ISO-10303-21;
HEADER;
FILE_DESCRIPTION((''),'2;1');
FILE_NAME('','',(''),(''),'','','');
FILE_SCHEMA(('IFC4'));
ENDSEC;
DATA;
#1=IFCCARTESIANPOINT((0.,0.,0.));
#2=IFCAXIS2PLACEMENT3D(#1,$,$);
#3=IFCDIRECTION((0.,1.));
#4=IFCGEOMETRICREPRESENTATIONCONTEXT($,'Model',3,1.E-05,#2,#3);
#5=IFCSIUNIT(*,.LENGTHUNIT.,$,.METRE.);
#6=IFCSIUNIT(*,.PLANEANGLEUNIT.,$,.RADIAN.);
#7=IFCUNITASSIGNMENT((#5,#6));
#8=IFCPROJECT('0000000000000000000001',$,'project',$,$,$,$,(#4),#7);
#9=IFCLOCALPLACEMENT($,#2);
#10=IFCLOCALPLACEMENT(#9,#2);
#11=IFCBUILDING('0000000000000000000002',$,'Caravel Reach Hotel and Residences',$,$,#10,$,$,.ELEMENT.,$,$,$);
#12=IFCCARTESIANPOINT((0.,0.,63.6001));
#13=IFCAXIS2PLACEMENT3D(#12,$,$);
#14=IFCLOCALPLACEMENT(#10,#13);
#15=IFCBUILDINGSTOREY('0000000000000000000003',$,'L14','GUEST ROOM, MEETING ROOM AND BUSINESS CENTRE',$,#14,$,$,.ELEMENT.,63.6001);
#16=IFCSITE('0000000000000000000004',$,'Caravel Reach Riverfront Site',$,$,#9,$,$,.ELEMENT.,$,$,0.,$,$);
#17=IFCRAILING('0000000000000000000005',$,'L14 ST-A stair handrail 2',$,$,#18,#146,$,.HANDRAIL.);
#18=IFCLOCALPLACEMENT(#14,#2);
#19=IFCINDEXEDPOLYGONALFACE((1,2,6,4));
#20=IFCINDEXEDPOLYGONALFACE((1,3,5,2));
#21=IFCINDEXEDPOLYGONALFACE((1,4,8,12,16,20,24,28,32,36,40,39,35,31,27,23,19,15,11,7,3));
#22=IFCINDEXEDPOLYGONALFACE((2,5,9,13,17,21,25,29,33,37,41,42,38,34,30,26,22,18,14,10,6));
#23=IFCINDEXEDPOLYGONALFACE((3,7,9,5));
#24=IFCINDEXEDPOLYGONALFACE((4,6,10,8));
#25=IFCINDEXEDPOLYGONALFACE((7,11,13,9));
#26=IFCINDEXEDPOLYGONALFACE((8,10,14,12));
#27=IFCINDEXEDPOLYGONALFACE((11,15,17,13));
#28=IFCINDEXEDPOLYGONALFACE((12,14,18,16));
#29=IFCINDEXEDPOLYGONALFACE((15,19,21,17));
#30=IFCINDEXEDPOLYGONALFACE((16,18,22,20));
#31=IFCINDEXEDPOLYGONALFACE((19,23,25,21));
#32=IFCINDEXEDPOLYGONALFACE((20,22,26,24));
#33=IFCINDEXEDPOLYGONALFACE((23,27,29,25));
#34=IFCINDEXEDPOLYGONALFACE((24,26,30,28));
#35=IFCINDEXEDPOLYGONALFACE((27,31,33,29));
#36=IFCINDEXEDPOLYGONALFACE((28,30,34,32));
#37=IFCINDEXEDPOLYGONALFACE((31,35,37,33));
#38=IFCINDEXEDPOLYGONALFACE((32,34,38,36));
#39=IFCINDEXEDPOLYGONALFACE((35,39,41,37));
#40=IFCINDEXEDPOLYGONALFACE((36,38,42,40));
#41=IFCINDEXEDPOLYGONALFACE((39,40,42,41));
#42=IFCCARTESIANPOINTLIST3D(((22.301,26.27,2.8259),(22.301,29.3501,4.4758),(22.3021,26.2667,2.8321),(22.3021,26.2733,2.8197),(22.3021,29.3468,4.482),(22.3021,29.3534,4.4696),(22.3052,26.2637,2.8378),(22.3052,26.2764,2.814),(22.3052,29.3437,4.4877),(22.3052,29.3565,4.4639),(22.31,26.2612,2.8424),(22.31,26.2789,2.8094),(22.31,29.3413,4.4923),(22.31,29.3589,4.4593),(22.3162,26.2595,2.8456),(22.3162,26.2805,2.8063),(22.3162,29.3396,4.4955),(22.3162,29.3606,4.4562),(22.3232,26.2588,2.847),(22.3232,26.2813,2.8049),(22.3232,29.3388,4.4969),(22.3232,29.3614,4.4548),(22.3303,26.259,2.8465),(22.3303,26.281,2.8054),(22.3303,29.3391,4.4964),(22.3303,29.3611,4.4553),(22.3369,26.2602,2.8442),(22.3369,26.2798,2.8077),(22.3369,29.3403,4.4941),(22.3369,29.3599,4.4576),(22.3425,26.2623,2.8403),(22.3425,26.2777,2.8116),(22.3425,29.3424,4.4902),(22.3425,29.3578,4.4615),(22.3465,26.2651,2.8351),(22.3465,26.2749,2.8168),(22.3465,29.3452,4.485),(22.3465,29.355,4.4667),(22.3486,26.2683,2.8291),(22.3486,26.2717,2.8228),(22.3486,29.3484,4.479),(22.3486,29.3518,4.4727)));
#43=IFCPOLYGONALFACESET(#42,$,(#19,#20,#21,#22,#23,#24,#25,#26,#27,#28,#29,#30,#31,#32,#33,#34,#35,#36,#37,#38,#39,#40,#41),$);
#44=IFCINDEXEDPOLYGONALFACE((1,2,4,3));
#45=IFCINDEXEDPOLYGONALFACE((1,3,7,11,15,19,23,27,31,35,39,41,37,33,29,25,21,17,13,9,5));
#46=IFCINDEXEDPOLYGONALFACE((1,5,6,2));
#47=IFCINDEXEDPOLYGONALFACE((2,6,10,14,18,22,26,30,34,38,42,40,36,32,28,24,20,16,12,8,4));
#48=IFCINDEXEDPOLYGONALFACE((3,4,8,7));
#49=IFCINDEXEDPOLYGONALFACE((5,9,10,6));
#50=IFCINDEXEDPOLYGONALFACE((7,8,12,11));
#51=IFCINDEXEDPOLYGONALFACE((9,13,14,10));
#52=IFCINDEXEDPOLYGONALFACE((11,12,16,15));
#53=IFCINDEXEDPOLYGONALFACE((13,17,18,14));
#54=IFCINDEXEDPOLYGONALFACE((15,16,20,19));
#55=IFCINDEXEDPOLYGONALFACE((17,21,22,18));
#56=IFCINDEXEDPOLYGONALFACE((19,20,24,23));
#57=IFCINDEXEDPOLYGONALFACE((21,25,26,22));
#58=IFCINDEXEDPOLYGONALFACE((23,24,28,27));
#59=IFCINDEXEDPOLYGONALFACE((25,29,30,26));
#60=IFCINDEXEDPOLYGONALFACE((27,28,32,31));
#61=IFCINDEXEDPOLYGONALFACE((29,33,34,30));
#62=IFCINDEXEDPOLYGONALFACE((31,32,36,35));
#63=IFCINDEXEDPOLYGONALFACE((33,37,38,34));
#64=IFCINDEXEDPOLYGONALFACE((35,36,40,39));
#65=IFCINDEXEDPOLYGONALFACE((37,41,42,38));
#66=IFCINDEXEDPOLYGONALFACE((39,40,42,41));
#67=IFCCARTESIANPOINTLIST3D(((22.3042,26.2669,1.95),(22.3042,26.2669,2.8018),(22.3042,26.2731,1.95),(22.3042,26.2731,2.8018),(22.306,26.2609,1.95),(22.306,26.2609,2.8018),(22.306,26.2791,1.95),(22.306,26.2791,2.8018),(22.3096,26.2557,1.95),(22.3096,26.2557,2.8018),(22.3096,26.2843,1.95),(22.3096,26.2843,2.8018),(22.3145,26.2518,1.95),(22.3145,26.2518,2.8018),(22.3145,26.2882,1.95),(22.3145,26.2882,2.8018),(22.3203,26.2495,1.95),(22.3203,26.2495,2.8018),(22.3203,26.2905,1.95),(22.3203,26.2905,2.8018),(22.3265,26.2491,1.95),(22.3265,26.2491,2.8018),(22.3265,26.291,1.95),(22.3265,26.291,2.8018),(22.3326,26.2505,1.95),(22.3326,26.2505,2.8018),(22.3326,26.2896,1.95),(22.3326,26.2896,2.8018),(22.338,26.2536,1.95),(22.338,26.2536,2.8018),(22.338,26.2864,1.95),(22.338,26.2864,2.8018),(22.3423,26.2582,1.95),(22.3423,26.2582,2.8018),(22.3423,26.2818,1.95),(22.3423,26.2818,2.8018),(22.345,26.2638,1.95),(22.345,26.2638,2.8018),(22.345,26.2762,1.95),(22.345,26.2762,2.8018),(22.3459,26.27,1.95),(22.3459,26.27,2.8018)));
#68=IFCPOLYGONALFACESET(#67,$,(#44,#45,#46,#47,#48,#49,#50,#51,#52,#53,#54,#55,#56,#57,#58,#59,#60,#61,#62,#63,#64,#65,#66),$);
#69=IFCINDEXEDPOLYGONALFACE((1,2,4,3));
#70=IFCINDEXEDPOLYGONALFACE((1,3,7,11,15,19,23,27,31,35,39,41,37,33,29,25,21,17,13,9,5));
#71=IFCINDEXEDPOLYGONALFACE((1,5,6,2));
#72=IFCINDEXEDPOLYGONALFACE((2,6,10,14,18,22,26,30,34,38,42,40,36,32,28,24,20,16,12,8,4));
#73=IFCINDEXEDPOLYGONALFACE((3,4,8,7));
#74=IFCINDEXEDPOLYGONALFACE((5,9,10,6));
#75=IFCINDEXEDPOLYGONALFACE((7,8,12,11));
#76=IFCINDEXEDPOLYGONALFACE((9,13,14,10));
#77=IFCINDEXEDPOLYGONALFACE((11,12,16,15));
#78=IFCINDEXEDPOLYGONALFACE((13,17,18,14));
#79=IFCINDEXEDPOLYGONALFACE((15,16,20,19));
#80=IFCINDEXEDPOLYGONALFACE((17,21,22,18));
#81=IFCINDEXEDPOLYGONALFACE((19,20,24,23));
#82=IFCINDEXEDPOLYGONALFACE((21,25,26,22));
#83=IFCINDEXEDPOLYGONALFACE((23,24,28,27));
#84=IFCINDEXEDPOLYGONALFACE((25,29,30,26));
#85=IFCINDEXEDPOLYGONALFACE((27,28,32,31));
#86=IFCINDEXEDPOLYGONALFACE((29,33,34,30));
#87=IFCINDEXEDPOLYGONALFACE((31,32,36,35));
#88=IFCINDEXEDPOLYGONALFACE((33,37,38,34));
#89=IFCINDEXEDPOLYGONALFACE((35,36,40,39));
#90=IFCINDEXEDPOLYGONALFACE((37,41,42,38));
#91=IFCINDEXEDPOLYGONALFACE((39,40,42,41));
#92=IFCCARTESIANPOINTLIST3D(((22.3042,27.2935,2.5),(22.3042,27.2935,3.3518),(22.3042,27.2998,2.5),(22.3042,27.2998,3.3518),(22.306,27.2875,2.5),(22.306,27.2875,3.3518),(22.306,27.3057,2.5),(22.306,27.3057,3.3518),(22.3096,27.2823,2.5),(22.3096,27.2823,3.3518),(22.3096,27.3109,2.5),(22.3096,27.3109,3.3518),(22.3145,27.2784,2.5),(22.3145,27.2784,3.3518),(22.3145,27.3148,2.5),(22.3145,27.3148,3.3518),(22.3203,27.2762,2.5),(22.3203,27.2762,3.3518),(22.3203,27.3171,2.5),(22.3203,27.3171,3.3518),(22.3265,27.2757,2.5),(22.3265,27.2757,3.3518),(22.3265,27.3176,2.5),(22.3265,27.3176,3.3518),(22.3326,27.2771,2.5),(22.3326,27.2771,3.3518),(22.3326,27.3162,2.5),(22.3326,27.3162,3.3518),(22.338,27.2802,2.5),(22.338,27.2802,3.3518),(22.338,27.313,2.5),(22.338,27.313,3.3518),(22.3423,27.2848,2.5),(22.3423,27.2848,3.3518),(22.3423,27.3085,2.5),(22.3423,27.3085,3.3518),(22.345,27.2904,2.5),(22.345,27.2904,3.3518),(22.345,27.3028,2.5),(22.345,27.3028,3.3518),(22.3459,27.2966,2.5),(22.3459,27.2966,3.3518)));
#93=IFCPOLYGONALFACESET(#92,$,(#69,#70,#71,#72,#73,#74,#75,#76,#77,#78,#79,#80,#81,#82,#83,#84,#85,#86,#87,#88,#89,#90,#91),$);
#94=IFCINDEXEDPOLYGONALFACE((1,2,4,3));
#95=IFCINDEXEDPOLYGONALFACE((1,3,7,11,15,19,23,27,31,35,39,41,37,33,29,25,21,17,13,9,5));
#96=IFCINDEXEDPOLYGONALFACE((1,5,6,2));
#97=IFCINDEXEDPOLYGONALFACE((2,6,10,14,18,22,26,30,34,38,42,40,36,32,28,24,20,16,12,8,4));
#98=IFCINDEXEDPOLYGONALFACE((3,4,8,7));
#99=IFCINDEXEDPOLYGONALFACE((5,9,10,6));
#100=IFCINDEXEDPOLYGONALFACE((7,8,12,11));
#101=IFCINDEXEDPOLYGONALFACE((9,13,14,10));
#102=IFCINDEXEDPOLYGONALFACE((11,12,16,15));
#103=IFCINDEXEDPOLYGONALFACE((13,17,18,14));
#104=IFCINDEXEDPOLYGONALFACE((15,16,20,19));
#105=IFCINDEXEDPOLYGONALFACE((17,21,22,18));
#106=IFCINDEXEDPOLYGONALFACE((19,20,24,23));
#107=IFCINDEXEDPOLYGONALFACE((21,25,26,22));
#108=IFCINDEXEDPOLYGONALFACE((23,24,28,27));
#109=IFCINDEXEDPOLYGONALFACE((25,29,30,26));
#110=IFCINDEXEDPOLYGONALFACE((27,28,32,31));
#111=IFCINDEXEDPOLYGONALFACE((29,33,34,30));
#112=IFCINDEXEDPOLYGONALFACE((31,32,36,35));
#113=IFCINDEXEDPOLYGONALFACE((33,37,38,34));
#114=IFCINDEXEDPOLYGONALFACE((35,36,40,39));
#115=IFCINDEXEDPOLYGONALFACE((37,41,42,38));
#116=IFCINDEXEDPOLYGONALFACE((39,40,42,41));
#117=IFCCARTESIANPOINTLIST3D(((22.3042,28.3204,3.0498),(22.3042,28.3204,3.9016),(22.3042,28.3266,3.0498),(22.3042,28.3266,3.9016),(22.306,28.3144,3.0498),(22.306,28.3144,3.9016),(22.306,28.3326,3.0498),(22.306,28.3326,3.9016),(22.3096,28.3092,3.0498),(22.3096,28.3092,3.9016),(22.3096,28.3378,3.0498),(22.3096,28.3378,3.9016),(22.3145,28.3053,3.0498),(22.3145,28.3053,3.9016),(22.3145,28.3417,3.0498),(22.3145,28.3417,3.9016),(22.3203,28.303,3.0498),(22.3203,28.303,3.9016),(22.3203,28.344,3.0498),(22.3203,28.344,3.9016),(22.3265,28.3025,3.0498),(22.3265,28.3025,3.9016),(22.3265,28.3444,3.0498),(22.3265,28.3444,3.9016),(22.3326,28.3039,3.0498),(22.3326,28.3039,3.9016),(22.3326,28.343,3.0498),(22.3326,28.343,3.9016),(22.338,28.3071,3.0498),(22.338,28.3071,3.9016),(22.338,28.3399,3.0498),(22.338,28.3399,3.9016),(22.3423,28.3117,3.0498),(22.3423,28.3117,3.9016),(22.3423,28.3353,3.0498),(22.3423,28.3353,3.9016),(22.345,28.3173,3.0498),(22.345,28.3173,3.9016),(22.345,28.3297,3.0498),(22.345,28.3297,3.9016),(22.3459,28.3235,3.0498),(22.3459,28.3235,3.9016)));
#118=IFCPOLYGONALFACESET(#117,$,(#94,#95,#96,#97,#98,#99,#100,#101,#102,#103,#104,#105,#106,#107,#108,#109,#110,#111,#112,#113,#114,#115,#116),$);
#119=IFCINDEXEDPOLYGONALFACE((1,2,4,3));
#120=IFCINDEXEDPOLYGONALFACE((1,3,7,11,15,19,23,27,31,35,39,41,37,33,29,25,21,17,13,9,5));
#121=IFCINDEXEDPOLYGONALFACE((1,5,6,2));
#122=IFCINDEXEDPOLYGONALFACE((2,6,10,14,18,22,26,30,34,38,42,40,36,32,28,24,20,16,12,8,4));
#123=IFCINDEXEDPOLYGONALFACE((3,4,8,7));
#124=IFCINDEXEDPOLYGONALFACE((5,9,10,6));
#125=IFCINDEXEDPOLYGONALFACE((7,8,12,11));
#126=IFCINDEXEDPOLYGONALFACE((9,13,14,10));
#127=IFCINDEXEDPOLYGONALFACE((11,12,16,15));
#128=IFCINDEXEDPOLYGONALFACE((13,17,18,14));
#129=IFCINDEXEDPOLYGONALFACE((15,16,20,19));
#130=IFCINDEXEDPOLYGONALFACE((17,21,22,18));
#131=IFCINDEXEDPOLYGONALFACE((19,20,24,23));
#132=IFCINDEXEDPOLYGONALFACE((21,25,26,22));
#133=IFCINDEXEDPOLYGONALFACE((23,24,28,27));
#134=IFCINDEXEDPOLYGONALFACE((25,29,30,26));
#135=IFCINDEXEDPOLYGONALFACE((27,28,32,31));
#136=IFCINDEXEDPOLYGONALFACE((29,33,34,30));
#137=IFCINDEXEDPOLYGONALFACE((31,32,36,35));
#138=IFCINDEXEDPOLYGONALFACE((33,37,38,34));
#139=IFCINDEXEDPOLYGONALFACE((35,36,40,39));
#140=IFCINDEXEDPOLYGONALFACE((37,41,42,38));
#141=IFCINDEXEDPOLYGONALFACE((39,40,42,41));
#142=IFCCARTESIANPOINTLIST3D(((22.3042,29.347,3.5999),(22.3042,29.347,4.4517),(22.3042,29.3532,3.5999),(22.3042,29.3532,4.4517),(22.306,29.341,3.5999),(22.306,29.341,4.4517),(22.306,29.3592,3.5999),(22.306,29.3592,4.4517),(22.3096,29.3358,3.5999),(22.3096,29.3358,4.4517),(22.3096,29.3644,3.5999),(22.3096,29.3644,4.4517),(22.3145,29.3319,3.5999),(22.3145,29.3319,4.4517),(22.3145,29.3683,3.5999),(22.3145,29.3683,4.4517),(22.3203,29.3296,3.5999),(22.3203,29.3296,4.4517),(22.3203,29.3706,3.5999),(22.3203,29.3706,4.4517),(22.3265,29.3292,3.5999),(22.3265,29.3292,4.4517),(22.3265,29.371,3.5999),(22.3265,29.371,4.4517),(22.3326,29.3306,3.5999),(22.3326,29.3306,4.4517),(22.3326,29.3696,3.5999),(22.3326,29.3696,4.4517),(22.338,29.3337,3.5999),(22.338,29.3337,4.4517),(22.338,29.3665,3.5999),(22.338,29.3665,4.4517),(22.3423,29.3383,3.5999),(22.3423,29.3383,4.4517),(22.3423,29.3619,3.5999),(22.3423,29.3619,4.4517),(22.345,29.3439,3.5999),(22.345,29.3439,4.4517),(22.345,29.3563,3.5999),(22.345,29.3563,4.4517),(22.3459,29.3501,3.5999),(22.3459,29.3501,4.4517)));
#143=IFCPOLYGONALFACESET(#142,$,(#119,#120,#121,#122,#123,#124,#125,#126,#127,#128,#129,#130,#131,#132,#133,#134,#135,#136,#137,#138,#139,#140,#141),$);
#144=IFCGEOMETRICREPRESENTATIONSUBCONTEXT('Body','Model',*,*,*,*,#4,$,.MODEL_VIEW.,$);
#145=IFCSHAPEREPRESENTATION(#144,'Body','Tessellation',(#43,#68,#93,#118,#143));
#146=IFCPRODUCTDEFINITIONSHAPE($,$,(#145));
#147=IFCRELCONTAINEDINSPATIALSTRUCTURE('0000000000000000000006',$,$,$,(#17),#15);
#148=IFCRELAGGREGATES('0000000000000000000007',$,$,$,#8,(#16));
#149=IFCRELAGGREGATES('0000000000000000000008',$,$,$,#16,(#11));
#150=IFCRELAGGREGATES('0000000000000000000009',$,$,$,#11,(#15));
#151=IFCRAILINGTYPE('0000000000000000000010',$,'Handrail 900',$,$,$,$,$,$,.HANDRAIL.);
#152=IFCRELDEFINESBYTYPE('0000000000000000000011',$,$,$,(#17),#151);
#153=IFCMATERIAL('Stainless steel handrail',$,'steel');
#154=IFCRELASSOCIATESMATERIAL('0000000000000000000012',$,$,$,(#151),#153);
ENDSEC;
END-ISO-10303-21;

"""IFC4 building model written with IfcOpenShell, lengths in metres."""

from ifc_helpers import new_model, si_unit, direction, frame, origin, origin_2d, place, context, subcontext, project, spatial, circle, extrude, material, type_object, element, save


model = new_model("IFC4")

# Units and contexts
model_context = context("Model", 3, precision=1e-05, world=origin(), true_north=direction((0.0, 1.0)))
body_context = subcontext(model_context, "Body", "Model", "MODEL_VIEW")
ifc_project = project(units=[si_unit("LENGTHUNIT", "METRE"), si_unit("PLANEANGLEUNIT", "RADIAN")], contexts=[model_context])

# Site, building, storey
site_placement = place(None, origin())
site = spatial("IfcSite", under=ifc_project, at=site_placement, Name="Caravel Reach Riverfront Site", CompositionType="ELEMENT", RefElevation=0.0)
building_placement = place(site_placement, origin())
building = spatial("IfcBuilding", under=site, at=building_placement, Name="Caravel Reach Hotel and Residences", CompositionType="ELEMENT")
storey_placement = place(building_placement, frame((0.0, 0.0, 63.6001)))
storey = spatial("IfcBuildingStorey", under=building, at=storey_placement, Name="L14", Description="GUEST ROOM, MEETING ROOM AND BUSINESS CENTRE", CompositionType="ELEMENT", Elevation=63.6001)

# Railing
ifc_material_1 = material(Name="Stainless steel handrail", Category="steel")
railing_type_1 = type_object("IfcRailingType", Name="Handrail 900", PredefinedType="HANDRAIL", material=ifc_material_1)
railing_1_placement = place(storey_placement, frame((22.325, 26.27, 1.95)))
element("IfcRailing", 1, at=railing_1_placement, inside=storey, type_object=railing_type_1, Name="L14 ST-A stair handrail 2", PredefinedType="HANDRAIL", context=body_context, shape_type="SweptSolid", body=[
    extrude(circle(Radius=0.0239, at=origin_2d()), frame((0.0, 0.0, 0.876), z_axis=(0.0, 0.881497, 0.47219), x_axis=(-1.0, 0.0, 0.0)), (0.0, 0.0, 1.0), 3.4941),
    extrude(circle(Radius=0.021, at=origin_2d()), origin(), (0.0, 0.0, 1.0), 0.8518),
    extrude(circle(Radius=0.021, at=origin_2d()), frame((0.0, 1.0266, 0.55)), (0.0, 0.0, 1.0), 0.8518),
    extrude(circle(Radius=0.021, at=origin_2d()), frame((0.0, 2.0535, 1.0999)), (0.0, 0.0, 1.0), 0.8518),
    extrude(circle(Radius=0.021, at=origin_2d()), frame((0.0, 3.0801, 1.6499)), (0.0, 0.0, 1.0), 0.8518),
])

save(model, "model.ifc")
